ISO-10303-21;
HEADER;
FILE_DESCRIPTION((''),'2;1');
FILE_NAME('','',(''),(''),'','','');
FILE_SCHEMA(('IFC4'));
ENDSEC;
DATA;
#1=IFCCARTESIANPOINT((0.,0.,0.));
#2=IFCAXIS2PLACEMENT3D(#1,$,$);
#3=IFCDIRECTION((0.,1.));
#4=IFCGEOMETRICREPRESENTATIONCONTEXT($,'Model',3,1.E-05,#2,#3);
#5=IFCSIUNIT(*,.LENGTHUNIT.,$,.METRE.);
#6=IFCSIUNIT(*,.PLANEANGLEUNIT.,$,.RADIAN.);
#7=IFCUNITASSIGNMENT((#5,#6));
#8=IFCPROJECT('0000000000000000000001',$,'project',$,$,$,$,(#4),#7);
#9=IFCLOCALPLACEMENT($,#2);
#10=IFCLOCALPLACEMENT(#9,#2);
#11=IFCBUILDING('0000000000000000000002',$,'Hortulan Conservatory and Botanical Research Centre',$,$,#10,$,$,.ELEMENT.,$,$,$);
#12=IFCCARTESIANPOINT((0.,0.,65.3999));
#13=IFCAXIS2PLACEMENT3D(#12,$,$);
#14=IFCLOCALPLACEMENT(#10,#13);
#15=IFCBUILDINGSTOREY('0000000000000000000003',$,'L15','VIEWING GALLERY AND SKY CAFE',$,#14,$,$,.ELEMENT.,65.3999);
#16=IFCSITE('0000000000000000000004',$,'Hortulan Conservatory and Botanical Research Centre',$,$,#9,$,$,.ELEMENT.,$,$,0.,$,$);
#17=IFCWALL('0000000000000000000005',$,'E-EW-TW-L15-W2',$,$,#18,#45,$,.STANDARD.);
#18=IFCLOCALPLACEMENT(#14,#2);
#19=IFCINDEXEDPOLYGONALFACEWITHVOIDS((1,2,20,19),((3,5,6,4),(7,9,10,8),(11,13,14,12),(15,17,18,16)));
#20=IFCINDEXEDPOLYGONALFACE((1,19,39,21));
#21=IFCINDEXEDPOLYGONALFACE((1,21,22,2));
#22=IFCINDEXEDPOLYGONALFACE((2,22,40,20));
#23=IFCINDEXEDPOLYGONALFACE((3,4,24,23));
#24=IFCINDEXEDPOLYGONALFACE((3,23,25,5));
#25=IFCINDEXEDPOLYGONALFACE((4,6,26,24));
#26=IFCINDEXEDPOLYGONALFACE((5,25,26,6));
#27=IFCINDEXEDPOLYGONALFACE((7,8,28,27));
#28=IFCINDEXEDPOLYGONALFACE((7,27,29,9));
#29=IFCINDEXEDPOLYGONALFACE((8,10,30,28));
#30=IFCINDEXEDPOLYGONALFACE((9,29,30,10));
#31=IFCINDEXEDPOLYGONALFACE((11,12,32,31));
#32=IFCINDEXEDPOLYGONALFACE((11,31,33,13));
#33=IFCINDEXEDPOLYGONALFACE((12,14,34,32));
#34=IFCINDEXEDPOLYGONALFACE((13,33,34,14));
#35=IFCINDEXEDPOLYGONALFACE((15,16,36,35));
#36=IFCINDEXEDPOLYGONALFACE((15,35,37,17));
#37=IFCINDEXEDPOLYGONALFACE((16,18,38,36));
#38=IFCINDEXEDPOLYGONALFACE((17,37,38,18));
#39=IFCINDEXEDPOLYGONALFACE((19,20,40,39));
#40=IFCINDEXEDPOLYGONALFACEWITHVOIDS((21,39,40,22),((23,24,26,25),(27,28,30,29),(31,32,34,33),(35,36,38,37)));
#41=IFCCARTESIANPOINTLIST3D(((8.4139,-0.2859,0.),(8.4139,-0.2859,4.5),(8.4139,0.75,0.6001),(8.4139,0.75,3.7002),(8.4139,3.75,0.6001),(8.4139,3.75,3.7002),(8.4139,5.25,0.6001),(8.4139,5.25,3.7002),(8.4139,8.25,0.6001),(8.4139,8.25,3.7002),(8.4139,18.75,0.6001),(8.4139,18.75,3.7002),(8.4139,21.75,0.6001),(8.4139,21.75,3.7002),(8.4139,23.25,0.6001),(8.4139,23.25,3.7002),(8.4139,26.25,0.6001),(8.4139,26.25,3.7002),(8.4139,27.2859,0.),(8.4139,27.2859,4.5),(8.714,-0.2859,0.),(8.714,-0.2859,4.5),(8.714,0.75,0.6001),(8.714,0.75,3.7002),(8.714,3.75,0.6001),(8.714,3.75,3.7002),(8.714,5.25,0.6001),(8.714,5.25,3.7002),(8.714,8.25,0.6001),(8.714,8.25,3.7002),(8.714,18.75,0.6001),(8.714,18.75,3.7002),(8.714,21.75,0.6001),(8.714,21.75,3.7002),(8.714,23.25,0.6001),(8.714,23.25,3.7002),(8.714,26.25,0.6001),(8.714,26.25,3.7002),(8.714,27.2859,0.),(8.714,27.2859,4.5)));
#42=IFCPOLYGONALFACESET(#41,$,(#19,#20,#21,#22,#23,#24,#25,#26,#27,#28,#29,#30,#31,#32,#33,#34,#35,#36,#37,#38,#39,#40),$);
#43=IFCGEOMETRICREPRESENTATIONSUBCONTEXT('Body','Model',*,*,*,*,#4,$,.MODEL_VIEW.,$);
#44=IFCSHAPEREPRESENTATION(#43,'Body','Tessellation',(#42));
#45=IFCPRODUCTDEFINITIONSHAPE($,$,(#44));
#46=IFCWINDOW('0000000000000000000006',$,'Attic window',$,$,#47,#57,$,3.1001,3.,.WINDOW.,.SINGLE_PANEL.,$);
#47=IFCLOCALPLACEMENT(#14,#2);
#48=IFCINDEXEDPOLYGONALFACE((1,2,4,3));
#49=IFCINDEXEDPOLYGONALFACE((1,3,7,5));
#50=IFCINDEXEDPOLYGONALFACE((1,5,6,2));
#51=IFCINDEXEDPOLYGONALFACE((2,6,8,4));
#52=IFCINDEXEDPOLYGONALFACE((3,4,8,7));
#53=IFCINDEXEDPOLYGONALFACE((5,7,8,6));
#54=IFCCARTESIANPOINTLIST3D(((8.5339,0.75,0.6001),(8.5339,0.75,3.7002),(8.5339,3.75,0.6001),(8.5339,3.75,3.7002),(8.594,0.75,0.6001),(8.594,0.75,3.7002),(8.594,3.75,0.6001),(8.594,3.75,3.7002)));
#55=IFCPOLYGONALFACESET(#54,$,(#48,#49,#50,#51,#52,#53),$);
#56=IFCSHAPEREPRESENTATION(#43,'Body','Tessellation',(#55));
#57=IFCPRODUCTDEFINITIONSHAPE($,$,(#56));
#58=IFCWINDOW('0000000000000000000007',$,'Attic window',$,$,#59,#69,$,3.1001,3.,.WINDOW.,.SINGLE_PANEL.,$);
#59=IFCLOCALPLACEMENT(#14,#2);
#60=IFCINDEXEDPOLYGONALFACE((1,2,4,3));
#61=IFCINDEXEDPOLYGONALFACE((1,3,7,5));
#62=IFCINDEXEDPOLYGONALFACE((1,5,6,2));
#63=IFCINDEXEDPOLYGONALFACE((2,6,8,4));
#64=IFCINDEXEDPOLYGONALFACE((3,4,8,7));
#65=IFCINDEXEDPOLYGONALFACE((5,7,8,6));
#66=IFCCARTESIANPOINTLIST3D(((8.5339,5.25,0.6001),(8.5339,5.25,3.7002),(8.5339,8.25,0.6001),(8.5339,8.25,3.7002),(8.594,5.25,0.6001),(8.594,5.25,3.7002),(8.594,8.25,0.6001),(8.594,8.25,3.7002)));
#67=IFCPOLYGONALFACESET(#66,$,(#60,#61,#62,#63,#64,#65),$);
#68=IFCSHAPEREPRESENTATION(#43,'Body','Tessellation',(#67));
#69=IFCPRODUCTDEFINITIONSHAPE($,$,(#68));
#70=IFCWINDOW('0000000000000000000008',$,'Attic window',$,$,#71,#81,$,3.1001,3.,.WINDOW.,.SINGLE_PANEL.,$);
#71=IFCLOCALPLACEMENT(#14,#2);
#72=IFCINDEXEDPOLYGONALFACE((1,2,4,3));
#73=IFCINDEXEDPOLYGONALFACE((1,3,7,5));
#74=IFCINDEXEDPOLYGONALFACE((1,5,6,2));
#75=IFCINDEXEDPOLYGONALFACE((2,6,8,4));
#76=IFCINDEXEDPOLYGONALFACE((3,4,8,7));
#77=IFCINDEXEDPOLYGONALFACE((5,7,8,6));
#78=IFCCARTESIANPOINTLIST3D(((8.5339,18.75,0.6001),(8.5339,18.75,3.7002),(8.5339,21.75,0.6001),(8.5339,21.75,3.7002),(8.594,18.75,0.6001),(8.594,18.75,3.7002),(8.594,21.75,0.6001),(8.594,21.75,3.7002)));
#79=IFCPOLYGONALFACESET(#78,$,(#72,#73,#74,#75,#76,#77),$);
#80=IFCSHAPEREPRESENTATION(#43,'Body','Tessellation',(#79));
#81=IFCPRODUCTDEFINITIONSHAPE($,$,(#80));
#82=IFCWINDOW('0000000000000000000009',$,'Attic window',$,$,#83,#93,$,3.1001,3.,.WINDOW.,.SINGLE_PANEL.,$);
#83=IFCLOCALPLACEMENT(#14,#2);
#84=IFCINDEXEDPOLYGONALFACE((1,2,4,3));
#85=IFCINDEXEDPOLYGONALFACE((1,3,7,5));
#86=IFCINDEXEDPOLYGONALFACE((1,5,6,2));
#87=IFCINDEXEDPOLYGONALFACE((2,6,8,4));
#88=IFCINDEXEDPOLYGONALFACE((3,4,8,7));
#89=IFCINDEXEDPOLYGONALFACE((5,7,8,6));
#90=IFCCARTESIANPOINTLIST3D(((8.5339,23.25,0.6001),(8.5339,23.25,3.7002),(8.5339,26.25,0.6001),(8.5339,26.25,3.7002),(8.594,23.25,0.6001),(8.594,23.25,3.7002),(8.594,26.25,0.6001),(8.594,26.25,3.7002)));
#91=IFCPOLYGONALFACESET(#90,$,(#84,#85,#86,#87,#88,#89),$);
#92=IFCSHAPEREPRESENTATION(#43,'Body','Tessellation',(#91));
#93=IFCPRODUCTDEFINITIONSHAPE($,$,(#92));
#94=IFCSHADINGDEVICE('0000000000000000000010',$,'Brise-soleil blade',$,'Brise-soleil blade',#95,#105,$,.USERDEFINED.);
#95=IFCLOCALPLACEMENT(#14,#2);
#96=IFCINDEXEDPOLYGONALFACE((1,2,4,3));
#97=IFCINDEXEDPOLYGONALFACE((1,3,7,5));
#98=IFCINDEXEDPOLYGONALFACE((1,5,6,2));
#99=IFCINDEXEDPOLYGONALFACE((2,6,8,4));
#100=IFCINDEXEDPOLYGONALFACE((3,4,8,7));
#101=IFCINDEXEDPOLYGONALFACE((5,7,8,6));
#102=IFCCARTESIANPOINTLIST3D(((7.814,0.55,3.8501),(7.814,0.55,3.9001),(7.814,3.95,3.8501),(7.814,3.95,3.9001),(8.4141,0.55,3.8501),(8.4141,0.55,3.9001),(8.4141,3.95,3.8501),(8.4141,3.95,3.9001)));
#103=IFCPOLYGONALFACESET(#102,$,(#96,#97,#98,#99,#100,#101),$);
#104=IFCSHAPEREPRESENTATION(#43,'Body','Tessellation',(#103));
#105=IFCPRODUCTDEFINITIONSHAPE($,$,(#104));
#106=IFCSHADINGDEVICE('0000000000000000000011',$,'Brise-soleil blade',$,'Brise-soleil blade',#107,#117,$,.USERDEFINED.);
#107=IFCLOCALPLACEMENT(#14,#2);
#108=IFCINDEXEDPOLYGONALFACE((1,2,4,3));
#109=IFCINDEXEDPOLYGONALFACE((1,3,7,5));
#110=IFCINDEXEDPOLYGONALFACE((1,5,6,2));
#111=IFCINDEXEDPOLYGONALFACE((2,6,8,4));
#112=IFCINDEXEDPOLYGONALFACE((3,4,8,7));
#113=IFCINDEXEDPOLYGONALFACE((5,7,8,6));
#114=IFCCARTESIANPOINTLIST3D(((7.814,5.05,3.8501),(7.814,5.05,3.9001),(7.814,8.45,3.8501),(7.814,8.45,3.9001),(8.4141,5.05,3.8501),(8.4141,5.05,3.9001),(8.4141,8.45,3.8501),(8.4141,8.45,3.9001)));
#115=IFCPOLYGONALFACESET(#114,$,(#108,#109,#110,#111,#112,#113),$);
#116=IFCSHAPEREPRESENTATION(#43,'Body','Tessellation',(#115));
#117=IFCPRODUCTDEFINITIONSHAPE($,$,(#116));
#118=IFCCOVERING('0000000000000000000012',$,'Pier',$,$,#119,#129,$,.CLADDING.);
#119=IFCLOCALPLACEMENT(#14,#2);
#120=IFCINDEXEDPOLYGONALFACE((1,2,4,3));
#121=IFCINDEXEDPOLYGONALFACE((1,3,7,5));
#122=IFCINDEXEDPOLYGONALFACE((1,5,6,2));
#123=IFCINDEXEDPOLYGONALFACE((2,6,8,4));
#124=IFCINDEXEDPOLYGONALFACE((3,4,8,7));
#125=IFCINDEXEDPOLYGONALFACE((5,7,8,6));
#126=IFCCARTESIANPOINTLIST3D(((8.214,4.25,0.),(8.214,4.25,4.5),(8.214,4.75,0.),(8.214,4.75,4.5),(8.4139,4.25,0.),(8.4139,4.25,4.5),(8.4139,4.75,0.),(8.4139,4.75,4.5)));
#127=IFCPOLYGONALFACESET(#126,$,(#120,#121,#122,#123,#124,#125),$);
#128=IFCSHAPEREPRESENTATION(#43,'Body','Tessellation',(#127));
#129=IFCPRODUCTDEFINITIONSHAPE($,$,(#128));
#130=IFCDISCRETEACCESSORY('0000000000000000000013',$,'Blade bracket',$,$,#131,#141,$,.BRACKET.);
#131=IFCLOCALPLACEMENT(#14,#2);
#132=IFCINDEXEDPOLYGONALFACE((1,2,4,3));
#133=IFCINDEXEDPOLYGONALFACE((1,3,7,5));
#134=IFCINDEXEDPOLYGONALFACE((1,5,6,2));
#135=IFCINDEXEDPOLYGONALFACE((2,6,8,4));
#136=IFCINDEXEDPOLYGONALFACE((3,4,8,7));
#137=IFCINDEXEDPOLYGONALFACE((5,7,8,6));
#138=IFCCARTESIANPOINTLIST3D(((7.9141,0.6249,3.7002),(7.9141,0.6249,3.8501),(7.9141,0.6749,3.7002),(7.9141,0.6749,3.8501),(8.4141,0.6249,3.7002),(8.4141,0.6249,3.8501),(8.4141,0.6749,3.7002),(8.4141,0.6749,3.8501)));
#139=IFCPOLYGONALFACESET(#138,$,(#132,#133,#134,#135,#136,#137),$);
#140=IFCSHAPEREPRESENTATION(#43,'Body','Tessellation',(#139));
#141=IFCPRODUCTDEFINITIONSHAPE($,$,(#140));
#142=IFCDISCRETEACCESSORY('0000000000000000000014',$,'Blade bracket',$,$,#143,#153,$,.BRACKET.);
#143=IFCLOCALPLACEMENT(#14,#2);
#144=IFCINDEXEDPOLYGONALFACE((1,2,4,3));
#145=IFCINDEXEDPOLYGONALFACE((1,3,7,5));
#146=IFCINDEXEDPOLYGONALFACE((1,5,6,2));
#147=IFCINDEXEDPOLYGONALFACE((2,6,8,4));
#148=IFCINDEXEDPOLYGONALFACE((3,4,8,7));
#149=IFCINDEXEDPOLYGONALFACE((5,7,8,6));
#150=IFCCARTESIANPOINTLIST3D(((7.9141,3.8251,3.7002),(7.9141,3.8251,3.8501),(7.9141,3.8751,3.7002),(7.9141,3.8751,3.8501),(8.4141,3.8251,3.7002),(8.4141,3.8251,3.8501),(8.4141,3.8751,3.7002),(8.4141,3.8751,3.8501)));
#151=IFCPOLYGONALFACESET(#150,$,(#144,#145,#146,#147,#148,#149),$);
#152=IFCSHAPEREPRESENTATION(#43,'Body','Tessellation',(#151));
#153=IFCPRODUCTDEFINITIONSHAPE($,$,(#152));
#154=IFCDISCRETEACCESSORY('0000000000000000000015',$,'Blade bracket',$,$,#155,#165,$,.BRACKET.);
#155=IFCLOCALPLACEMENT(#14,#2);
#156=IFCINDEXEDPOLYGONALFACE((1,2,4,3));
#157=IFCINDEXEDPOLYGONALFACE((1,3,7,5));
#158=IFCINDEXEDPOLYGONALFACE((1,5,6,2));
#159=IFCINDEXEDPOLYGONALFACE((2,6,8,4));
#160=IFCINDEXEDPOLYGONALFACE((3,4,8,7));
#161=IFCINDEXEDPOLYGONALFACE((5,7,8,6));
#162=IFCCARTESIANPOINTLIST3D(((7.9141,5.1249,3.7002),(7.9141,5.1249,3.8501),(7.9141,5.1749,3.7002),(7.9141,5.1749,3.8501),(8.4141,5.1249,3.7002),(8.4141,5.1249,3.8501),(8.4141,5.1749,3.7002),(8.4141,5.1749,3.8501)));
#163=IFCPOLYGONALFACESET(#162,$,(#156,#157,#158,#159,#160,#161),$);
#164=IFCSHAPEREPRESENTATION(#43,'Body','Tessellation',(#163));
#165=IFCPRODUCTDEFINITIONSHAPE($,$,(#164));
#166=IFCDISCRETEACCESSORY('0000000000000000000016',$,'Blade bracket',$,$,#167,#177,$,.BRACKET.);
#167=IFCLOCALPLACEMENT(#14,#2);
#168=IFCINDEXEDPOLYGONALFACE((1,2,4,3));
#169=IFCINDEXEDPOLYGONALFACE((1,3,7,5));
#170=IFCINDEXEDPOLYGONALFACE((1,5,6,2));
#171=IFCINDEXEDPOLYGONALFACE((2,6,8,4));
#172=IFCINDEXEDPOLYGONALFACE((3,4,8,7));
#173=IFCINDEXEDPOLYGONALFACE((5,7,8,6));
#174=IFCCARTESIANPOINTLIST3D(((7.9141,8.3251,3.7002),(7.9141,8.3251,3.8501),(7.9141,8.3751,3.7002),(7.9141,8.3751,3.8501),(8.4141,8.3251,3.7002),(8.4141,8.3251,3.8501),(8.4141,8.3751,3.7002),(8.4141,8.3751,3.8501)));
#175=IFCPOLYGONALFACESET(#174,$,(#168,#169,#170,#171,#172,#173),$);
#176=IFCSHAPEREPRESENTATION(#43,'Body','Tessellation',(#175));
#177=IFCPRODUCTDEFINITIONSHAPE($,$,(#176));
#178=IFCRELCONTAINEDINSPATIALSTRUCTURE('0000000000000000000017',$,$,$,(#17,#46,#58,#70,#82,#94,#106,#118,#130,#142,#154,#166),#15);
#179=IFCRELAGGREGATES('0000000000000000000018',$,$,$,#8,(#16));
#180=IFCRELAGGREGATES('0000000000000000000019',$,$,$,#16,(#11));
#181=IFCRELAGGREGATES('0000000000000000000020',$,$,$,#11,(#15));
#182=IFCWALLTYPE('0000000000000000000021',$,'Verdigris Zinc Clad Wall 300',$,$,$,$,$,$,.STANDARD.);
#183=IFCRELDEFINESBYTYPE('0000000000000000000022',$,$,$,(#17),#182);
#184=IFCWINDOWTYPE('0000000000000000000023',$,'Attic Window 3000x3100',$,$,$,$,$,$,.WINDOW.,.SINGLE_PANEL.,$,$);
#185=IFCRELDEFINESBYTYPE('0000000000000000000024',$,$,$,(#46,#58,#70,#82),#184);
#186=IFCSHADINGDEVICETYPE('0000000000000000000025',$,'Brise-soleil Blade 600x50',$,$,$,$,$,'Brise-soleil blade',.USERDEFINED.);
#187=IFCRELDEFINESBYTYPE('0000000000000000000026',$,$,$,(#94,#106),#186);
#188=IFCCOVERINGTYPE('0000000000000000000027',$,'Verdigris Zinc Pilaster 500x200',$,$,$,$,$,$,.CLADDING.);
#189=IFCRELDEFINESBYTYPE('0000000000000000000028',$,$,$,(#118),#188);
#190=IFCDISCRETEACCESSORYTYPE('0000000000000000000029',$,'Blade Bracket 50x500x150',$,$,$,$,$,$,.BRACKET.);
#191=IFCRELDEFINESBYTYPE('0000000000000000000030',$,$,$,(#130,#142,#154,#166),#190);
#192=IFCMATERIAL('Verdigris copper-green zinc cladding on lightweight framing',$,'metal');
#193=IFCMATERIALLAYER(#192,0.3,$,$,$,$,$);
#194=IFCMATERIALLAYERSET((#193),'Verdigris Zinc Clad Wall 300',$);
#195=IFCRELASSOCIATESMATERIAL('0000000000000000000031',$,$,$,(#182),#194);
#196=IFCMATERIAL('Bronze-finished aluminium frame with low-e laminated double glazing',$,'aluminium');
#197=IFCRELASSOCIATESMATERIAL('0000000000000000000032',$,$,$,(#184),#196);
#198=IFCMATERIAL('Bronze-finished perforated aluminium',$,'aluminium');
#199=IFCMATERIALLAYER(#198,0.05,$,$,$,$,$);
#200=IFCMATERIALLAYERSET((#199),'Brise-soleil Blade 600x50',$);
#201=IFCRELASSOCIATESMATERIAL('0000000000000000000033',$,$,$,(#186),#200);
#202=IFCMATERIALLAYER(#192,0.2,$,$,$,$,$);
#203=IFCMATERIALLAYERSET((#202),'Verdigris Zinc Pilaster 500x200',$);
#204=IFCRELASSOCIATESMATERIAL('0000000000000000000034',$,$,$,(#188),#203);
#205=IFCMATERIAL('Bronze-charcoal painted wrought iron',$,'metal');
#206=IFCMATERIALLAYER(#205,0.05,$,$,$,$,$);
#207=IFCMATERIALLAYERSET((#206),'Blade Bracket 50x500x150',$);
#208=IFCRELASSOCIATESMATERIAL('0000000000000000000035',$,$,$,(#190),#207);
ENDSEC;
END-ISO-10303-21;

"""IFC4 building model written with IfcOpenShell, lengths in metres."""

from ifc_helpers import new_model, si_unit, direction, frame, frame_2d, origin, origin_2d, place, context, subcontext, project, spatial, rectangle, extrude, material, layer, layer_set, type_object, element, fill, save


model = new_model("IFC4")

# Units and contexts
model_context = context("Model", 3, precision=1e-05, world=origin(), true_north=direction((0.0, 1.0)))
body_context = subcontext(model_context, "Body", "Model", "MODEL_VIEW")
ifc_project = project(units=[si_unit("LENGTHUNIT", "METRE"), si_unit("PLANEANGLEUNIT", "RADIAN")], contexts=[model_context])

# Site, building, storey
site_placement = place(None, origin())
site = spatial("IfcSite", under=ifc_project, at=site_placement, Name="Hortulan Conservatory and Botanical Research Centre", CompositionType="ELEMENT", RefElevation=0.0)
building_placement = place(site_placement, origin())
building = spatial("IfcBuilding", under=site, at=building_placement, Name="Hortulan Conservatory and Botanical Research Centre", CompositionType="ELEMENT")
storey_placement = place(building_placement, frame((0.0, 0.0, 65.3999)))
storey = spatial("IfcBuildingStorey", under=building, at=storey_placement, Name="L15", Description="VIEWING GALLERY AND SKY CAFE", CompositionType="ELEMENT", Elevation=65.3999)

# Wall, openings, windows
ifc_material_1 = material(Name="Verdigris copper-green zinc cladding on lightweight framing", Category="metal")
ifc_layer_1 = layer(ifc_material_1, 0.3)
ifc_layer_set_1 = layer_set([ifc_layer_1], Name="Verdigris Zinc Clad Wall 300")
wall_type_1 = type_object("IfcWallType", Name="Verdigris Zinc Clad Wall 300", PredefinedType="STANDARD", material=ifc_layer_set_1)
wall_1_placement = place(storey_placement, frame((8.564, -0.2859, 0.0), z_axis=(0.0, 0.0, 1.0), x_axis=(0.0, 1.0, 0.0)))
wall_1 = element("IfcWall", 1, at=wall_1_placement, inside=storey, type_object=wall_type_1, Name="E-EW-TW-L15-W2", PredefinedType="STANDARD", context=body_context, shape_type="SweptSolid", body=[
    extrude(rectangle(XDim=27.5718, YDim=0.3, at=frame_2d((13.7859, 0.0))), origin(), (0.0, 0.0, 1.0), 4.5),
])
opening_1_placement = place(wall_1_placement, frame((1.0359, 0.0, 0.6001)))
opening_1 = element("IfcOpeningElement", 2, at=opening_1_placement, cuts=wall_1, PredefinedType="OPENING", context=body_context, shape_type="SweptSolid", body=[
    extrude(rectangle(XDim=3.0, YDim=3.1001, at=frame_2d((1.5, 1.55))), frame((0.0, 0.1599, 0.0), z_axis=(0.0, -1.0, 0.0), x_axis=(1.0, 0.0, 0.0)), (0.0, 0.0, 1.0), 0.3201),
])
opening_2_placement = place(wall_1_placement, frame((5.5359, 0.0, 0.6001)))
opening_2 = element("IfcOpeningElement", 3, at=opening_2_placement, cuts=wall_1, PredefinedType="OPENING", context=body_context, shape_type="SweptSolid", body=[
    extrude(rectangle(XDim=3.0, YDim=3.1001, at=frame_2d((1.5, 1.55))), frame((0.0, 0.1599, 0.0), z_axis=(0.0, -1.0, 0.0), x_axis=(1.0, 0.0, 0.0)), (0.0, 0.0, 1.0), 0.3201),
])
opening_3_placement = place(wall_1_placement, frame((19.0359, 0.0, 0.6001)))
opening_3 = element("IfcOpeningElement", 4, at=opening_3_placement, cuts=wall_1, PredefinedType="OPENING", context=body_context, shape_type="SweptSolid", body=[
    extrude(rectangle(XDim=3.0, YDim=3.1001, at=frame_2d((1.5, 1.55))), frame((0.0, 0.1599, 0.0), z_axis=(0.0, -1.0, 0.0), x_axis=(1.0, 0.0, 0.0)), (0.0, 0.0, 1.0), 0.3201),
])
opening_4_placement = place(wall_1_placement, frame((23.5359, 0.0, 0.6001)))
opening_4 = element("IfcOpeningElement", 5, at=opening_4_placement, cuts=wall_1, PredefinedType="OPENING", context=body_context, shape_type="SweptSolid", body=[
    extrude(rectangle(XDim=3.0, YDim=3.1001, at=frame_2d((1.5, 1.55))), frame((0.0, 0.1599, 0.0), z_axis=(0.0, -1.0, 0.0), x_axis=(1.0, 0.0, 0.0)), (0.0, 0.0, 1.0), 0.3201),
])
ifc_material_2 = material(Name="Bronze-finished aluminium frame with low-e laminated double glazing", Category="aluminium")
window_type = type_object("IfcWindowType", Name="Attic Window 3000x3100", PartitioningType="SINGLE_PANEL", PredefinedType="WINDOW", material=ifc_material_2)
window_1_placement = place(opening_1_placement, origin())
window_1 = element("IfcWindow", 6, at=window_1_placement, inside=storey, type_object=window_type, Name="Attic window", OverallHeight=3.1001, OverallWidth=3.0, PartitioningType="SINGLE_PANEL", PredefinedType="WINDOW", context=body_context, shape_type="SweptSolid", body=[
    extrude(rectangle(XDim=3.0, YDim=3.1001, at=frame_2d((1.5, 1.55))), frame((0.0, 0.03, 0.0), z_axis=(0.0, -1.0, 0.0), x_axis=(1.0, 0.0, 0.0)), (0.0, 0.0, 1.0), 0.0601),
])
fill(opening_1, window_1)
window_2_placement = place(opening_2_placement, origin())
window_2 = element("IfcWindow", 7, at=window_2_placement, inside=storey, type_object=window_type, Name="Attic window", OverallHeight=3.1001, OverallWidth=3.0, PartitioningType="SINGLE_PANEL", PredefinedType="WINDOW", context=body_context, shape_type="SweptSolid", body=[
    extrude(rectangle(XDim=3.0, YDim=3.1001, at=frame_2d((1.5, 1.55))), frame((0.0, 0.03, 0.0), z_axis=(0.0, -1.0, 0.0), x_axis=(1.0, 0.0, 0.0)), (0.0, 0.0, 1.0), 0.0601),
])
fill(opening_2, window_2)
window_3_placement = place(opening_3_placement, origin())
window_3 = element("IfcWindow", 8, at=window_3_placement, inside=storey, type_object=window_type, Name="Attic window", OverallHeight=3.1001, OverallWidth=3.0, PartitioningType="SINGLE_PANEL", PredefinedType="WINDOW", context=body_context, shape_type="SweptSolid", body=[
    extrude(rectangle(XDim=3.0, YDim=3.1001, at=frame_2d((1.5, 1.55))), frame((0.0, 0.03, 0.0), z_axis=(0.0, -1.0, 0.0), x_axis=(1.0, 0.0, 0.0)), (0.0, 0.0, 1.0), 0.0601),
])
fill(opening_3, window_3)
window_4_placement = place(opening_4_placement, origin())
window_4 = element("IfcWindow", 9, at=window_4_placement, inside=storey, type_object=window_type, Name="Attic window", OverallHeight=3.1001, OverallWidth=3.0, PartitioningType="SINGLE_PANEL", PredefinedType="WINDOW", context=body_context, shape_type="SweptSolid", body=[
    extrude(rectangle(XDim=3.0, YDim=3.1001, at=frame_2d((1.5, 1.55))), frame((0.0, 0.03, 0.0), z_axis=(0.0, -1.0, 0.0), x_axis=(1.0, 0.0, 0.0)), (0.0, 0.0, 1.0), 0.0601),
])
fill(opening_4, window_4)

# Shading devices
ifc_material_3 = material(Name="Bronze-finished perforated aluminium", Category="aluminium")
ifc_layer_2 = layer(ifc_material_3, 0.05)
ifc_layer_set_2 = layer_set([ifc_layer_2], Name="Brise-soleil Blade 600x50")
shading_device_type = type_object("IfcShadingDeviceType", Name="Brise-soleil Blade 600x50", ElementType="Brise-soleil blade", PredefinedType="USERDEFINED", material=ifc_layer_set_2)
for number, where, z_axis, x_axis, name in (
    (10, (8.114, 2.25, 3.8501), (0.0, 0.0, 1.0), (0.0, 1.0, 0.0), "Brise-soleil blade"),
    (11, (8.114, 6.75, 3.8501), (0.0, 0.0, 1.0), (0.0, 1.0, 0.0), "Brise-soleil blade"),
):
    element("IfcShadingDevice", number, at=place(storey_placement, frame(where, z_axis=z_axis, x_axis=x_axis)), inside=storey, type_object=shading_device_type, Name=name, ObjectType="Brise-soleil blade", PredefinedType="USERDEFINED", context=body_context, shape_type="SweptSolid", body=[
        extrude(rectangle(XDim=3.3999, YDim=0.6001, at=origin_2d()), origin(), (0.0, 0.0, 1.0), 0.05),
    ])

# Covering
ifc_layer_3 = layer(ifc_material_1, 0.2)
ifc_layer_set_3 = layer_set([ifc_layer_3], Name="Verdigris Zinc Pilaster 500x200")
covering_type = type_object("IfcCoveringType", Name="Verdigris Zinc Pilaster 500x200", PredefinedType="CLADDING", material=ifc_layer_set_3)
covering_placement = place(storey_placement, frame((8.314, 4.5, 0.0), z_axis=(0.0, 0.0, 1.0), x_axis=(0.0, 1.0, 0.0)))
element("IfcCovering", 12, at=covering_placement, inside=storey, type_object=covering_type, Name="Pier", PredefinedType="CLADDING", context=body_context, shape_type="SweptSolid", body=[
    extrude(rectangle(XDim=0.5, YDim=0.2, at=origin_2d()), origin(), (0.0, 0.0, 1.0), 4.5),
])

# Discrete accessories
ifc_material_4 = material(Name="Bronze-charcoal painted wrought iron", Category="metal")
ifc_layer_4 = layer(ifc_material_4, 0.05)
ifc_layer_set_4 = layer_set([ifc_layer_4], Name="Blade Bracket 50x500x150")
discrete_accessory_type = type_object("IfcDiscreteAccessoryType", Name="Blade Bracket 50x500x150", PredefinedType="BRACKET", material=ifc_layer_set_4)
for number, where, z_axis, x_axis, name in (
    (13, (8.1641, 0.6499, 3.7002), (0.0, 0.0, 1.0), (0.0, 1.0, 0.0), "Blade bracket"),
    (14, (8.1641, 3.8501, 3.7002), (0.0, 0.0, 1.0), (0.0, 1.0, 0.0), "Blade bracket"),
    (15, (8.1641, 5.1499, 3.7002), (0.0, 0.0, 1.0), (0.0, 1.0, 0.0), "Blade bracket"),
    (16, (8.1641, 8.3501, 3.7002), (0.0, 0.0, 1.0), (0.0, 1.0, 0.0), "Blade bracket"),
):
    element("IfcDiscreteAccessory", number, at=place(storey_placement, frame(where, z_axis=z_axis, x_axis=x_axis)), inside=storey, type_object=discrete_accessory_type, Name=name, PredefinedType="BRACKET", context=body_context, shape_type="SweptSolid", body=[
        extrude(rectangle(XDim=0.05, YDim=0.5, at=origin_2d()), origin(), (0.0, 0.0, 1.0), 0.1499),
    ])

save(model, "model.ifc")
